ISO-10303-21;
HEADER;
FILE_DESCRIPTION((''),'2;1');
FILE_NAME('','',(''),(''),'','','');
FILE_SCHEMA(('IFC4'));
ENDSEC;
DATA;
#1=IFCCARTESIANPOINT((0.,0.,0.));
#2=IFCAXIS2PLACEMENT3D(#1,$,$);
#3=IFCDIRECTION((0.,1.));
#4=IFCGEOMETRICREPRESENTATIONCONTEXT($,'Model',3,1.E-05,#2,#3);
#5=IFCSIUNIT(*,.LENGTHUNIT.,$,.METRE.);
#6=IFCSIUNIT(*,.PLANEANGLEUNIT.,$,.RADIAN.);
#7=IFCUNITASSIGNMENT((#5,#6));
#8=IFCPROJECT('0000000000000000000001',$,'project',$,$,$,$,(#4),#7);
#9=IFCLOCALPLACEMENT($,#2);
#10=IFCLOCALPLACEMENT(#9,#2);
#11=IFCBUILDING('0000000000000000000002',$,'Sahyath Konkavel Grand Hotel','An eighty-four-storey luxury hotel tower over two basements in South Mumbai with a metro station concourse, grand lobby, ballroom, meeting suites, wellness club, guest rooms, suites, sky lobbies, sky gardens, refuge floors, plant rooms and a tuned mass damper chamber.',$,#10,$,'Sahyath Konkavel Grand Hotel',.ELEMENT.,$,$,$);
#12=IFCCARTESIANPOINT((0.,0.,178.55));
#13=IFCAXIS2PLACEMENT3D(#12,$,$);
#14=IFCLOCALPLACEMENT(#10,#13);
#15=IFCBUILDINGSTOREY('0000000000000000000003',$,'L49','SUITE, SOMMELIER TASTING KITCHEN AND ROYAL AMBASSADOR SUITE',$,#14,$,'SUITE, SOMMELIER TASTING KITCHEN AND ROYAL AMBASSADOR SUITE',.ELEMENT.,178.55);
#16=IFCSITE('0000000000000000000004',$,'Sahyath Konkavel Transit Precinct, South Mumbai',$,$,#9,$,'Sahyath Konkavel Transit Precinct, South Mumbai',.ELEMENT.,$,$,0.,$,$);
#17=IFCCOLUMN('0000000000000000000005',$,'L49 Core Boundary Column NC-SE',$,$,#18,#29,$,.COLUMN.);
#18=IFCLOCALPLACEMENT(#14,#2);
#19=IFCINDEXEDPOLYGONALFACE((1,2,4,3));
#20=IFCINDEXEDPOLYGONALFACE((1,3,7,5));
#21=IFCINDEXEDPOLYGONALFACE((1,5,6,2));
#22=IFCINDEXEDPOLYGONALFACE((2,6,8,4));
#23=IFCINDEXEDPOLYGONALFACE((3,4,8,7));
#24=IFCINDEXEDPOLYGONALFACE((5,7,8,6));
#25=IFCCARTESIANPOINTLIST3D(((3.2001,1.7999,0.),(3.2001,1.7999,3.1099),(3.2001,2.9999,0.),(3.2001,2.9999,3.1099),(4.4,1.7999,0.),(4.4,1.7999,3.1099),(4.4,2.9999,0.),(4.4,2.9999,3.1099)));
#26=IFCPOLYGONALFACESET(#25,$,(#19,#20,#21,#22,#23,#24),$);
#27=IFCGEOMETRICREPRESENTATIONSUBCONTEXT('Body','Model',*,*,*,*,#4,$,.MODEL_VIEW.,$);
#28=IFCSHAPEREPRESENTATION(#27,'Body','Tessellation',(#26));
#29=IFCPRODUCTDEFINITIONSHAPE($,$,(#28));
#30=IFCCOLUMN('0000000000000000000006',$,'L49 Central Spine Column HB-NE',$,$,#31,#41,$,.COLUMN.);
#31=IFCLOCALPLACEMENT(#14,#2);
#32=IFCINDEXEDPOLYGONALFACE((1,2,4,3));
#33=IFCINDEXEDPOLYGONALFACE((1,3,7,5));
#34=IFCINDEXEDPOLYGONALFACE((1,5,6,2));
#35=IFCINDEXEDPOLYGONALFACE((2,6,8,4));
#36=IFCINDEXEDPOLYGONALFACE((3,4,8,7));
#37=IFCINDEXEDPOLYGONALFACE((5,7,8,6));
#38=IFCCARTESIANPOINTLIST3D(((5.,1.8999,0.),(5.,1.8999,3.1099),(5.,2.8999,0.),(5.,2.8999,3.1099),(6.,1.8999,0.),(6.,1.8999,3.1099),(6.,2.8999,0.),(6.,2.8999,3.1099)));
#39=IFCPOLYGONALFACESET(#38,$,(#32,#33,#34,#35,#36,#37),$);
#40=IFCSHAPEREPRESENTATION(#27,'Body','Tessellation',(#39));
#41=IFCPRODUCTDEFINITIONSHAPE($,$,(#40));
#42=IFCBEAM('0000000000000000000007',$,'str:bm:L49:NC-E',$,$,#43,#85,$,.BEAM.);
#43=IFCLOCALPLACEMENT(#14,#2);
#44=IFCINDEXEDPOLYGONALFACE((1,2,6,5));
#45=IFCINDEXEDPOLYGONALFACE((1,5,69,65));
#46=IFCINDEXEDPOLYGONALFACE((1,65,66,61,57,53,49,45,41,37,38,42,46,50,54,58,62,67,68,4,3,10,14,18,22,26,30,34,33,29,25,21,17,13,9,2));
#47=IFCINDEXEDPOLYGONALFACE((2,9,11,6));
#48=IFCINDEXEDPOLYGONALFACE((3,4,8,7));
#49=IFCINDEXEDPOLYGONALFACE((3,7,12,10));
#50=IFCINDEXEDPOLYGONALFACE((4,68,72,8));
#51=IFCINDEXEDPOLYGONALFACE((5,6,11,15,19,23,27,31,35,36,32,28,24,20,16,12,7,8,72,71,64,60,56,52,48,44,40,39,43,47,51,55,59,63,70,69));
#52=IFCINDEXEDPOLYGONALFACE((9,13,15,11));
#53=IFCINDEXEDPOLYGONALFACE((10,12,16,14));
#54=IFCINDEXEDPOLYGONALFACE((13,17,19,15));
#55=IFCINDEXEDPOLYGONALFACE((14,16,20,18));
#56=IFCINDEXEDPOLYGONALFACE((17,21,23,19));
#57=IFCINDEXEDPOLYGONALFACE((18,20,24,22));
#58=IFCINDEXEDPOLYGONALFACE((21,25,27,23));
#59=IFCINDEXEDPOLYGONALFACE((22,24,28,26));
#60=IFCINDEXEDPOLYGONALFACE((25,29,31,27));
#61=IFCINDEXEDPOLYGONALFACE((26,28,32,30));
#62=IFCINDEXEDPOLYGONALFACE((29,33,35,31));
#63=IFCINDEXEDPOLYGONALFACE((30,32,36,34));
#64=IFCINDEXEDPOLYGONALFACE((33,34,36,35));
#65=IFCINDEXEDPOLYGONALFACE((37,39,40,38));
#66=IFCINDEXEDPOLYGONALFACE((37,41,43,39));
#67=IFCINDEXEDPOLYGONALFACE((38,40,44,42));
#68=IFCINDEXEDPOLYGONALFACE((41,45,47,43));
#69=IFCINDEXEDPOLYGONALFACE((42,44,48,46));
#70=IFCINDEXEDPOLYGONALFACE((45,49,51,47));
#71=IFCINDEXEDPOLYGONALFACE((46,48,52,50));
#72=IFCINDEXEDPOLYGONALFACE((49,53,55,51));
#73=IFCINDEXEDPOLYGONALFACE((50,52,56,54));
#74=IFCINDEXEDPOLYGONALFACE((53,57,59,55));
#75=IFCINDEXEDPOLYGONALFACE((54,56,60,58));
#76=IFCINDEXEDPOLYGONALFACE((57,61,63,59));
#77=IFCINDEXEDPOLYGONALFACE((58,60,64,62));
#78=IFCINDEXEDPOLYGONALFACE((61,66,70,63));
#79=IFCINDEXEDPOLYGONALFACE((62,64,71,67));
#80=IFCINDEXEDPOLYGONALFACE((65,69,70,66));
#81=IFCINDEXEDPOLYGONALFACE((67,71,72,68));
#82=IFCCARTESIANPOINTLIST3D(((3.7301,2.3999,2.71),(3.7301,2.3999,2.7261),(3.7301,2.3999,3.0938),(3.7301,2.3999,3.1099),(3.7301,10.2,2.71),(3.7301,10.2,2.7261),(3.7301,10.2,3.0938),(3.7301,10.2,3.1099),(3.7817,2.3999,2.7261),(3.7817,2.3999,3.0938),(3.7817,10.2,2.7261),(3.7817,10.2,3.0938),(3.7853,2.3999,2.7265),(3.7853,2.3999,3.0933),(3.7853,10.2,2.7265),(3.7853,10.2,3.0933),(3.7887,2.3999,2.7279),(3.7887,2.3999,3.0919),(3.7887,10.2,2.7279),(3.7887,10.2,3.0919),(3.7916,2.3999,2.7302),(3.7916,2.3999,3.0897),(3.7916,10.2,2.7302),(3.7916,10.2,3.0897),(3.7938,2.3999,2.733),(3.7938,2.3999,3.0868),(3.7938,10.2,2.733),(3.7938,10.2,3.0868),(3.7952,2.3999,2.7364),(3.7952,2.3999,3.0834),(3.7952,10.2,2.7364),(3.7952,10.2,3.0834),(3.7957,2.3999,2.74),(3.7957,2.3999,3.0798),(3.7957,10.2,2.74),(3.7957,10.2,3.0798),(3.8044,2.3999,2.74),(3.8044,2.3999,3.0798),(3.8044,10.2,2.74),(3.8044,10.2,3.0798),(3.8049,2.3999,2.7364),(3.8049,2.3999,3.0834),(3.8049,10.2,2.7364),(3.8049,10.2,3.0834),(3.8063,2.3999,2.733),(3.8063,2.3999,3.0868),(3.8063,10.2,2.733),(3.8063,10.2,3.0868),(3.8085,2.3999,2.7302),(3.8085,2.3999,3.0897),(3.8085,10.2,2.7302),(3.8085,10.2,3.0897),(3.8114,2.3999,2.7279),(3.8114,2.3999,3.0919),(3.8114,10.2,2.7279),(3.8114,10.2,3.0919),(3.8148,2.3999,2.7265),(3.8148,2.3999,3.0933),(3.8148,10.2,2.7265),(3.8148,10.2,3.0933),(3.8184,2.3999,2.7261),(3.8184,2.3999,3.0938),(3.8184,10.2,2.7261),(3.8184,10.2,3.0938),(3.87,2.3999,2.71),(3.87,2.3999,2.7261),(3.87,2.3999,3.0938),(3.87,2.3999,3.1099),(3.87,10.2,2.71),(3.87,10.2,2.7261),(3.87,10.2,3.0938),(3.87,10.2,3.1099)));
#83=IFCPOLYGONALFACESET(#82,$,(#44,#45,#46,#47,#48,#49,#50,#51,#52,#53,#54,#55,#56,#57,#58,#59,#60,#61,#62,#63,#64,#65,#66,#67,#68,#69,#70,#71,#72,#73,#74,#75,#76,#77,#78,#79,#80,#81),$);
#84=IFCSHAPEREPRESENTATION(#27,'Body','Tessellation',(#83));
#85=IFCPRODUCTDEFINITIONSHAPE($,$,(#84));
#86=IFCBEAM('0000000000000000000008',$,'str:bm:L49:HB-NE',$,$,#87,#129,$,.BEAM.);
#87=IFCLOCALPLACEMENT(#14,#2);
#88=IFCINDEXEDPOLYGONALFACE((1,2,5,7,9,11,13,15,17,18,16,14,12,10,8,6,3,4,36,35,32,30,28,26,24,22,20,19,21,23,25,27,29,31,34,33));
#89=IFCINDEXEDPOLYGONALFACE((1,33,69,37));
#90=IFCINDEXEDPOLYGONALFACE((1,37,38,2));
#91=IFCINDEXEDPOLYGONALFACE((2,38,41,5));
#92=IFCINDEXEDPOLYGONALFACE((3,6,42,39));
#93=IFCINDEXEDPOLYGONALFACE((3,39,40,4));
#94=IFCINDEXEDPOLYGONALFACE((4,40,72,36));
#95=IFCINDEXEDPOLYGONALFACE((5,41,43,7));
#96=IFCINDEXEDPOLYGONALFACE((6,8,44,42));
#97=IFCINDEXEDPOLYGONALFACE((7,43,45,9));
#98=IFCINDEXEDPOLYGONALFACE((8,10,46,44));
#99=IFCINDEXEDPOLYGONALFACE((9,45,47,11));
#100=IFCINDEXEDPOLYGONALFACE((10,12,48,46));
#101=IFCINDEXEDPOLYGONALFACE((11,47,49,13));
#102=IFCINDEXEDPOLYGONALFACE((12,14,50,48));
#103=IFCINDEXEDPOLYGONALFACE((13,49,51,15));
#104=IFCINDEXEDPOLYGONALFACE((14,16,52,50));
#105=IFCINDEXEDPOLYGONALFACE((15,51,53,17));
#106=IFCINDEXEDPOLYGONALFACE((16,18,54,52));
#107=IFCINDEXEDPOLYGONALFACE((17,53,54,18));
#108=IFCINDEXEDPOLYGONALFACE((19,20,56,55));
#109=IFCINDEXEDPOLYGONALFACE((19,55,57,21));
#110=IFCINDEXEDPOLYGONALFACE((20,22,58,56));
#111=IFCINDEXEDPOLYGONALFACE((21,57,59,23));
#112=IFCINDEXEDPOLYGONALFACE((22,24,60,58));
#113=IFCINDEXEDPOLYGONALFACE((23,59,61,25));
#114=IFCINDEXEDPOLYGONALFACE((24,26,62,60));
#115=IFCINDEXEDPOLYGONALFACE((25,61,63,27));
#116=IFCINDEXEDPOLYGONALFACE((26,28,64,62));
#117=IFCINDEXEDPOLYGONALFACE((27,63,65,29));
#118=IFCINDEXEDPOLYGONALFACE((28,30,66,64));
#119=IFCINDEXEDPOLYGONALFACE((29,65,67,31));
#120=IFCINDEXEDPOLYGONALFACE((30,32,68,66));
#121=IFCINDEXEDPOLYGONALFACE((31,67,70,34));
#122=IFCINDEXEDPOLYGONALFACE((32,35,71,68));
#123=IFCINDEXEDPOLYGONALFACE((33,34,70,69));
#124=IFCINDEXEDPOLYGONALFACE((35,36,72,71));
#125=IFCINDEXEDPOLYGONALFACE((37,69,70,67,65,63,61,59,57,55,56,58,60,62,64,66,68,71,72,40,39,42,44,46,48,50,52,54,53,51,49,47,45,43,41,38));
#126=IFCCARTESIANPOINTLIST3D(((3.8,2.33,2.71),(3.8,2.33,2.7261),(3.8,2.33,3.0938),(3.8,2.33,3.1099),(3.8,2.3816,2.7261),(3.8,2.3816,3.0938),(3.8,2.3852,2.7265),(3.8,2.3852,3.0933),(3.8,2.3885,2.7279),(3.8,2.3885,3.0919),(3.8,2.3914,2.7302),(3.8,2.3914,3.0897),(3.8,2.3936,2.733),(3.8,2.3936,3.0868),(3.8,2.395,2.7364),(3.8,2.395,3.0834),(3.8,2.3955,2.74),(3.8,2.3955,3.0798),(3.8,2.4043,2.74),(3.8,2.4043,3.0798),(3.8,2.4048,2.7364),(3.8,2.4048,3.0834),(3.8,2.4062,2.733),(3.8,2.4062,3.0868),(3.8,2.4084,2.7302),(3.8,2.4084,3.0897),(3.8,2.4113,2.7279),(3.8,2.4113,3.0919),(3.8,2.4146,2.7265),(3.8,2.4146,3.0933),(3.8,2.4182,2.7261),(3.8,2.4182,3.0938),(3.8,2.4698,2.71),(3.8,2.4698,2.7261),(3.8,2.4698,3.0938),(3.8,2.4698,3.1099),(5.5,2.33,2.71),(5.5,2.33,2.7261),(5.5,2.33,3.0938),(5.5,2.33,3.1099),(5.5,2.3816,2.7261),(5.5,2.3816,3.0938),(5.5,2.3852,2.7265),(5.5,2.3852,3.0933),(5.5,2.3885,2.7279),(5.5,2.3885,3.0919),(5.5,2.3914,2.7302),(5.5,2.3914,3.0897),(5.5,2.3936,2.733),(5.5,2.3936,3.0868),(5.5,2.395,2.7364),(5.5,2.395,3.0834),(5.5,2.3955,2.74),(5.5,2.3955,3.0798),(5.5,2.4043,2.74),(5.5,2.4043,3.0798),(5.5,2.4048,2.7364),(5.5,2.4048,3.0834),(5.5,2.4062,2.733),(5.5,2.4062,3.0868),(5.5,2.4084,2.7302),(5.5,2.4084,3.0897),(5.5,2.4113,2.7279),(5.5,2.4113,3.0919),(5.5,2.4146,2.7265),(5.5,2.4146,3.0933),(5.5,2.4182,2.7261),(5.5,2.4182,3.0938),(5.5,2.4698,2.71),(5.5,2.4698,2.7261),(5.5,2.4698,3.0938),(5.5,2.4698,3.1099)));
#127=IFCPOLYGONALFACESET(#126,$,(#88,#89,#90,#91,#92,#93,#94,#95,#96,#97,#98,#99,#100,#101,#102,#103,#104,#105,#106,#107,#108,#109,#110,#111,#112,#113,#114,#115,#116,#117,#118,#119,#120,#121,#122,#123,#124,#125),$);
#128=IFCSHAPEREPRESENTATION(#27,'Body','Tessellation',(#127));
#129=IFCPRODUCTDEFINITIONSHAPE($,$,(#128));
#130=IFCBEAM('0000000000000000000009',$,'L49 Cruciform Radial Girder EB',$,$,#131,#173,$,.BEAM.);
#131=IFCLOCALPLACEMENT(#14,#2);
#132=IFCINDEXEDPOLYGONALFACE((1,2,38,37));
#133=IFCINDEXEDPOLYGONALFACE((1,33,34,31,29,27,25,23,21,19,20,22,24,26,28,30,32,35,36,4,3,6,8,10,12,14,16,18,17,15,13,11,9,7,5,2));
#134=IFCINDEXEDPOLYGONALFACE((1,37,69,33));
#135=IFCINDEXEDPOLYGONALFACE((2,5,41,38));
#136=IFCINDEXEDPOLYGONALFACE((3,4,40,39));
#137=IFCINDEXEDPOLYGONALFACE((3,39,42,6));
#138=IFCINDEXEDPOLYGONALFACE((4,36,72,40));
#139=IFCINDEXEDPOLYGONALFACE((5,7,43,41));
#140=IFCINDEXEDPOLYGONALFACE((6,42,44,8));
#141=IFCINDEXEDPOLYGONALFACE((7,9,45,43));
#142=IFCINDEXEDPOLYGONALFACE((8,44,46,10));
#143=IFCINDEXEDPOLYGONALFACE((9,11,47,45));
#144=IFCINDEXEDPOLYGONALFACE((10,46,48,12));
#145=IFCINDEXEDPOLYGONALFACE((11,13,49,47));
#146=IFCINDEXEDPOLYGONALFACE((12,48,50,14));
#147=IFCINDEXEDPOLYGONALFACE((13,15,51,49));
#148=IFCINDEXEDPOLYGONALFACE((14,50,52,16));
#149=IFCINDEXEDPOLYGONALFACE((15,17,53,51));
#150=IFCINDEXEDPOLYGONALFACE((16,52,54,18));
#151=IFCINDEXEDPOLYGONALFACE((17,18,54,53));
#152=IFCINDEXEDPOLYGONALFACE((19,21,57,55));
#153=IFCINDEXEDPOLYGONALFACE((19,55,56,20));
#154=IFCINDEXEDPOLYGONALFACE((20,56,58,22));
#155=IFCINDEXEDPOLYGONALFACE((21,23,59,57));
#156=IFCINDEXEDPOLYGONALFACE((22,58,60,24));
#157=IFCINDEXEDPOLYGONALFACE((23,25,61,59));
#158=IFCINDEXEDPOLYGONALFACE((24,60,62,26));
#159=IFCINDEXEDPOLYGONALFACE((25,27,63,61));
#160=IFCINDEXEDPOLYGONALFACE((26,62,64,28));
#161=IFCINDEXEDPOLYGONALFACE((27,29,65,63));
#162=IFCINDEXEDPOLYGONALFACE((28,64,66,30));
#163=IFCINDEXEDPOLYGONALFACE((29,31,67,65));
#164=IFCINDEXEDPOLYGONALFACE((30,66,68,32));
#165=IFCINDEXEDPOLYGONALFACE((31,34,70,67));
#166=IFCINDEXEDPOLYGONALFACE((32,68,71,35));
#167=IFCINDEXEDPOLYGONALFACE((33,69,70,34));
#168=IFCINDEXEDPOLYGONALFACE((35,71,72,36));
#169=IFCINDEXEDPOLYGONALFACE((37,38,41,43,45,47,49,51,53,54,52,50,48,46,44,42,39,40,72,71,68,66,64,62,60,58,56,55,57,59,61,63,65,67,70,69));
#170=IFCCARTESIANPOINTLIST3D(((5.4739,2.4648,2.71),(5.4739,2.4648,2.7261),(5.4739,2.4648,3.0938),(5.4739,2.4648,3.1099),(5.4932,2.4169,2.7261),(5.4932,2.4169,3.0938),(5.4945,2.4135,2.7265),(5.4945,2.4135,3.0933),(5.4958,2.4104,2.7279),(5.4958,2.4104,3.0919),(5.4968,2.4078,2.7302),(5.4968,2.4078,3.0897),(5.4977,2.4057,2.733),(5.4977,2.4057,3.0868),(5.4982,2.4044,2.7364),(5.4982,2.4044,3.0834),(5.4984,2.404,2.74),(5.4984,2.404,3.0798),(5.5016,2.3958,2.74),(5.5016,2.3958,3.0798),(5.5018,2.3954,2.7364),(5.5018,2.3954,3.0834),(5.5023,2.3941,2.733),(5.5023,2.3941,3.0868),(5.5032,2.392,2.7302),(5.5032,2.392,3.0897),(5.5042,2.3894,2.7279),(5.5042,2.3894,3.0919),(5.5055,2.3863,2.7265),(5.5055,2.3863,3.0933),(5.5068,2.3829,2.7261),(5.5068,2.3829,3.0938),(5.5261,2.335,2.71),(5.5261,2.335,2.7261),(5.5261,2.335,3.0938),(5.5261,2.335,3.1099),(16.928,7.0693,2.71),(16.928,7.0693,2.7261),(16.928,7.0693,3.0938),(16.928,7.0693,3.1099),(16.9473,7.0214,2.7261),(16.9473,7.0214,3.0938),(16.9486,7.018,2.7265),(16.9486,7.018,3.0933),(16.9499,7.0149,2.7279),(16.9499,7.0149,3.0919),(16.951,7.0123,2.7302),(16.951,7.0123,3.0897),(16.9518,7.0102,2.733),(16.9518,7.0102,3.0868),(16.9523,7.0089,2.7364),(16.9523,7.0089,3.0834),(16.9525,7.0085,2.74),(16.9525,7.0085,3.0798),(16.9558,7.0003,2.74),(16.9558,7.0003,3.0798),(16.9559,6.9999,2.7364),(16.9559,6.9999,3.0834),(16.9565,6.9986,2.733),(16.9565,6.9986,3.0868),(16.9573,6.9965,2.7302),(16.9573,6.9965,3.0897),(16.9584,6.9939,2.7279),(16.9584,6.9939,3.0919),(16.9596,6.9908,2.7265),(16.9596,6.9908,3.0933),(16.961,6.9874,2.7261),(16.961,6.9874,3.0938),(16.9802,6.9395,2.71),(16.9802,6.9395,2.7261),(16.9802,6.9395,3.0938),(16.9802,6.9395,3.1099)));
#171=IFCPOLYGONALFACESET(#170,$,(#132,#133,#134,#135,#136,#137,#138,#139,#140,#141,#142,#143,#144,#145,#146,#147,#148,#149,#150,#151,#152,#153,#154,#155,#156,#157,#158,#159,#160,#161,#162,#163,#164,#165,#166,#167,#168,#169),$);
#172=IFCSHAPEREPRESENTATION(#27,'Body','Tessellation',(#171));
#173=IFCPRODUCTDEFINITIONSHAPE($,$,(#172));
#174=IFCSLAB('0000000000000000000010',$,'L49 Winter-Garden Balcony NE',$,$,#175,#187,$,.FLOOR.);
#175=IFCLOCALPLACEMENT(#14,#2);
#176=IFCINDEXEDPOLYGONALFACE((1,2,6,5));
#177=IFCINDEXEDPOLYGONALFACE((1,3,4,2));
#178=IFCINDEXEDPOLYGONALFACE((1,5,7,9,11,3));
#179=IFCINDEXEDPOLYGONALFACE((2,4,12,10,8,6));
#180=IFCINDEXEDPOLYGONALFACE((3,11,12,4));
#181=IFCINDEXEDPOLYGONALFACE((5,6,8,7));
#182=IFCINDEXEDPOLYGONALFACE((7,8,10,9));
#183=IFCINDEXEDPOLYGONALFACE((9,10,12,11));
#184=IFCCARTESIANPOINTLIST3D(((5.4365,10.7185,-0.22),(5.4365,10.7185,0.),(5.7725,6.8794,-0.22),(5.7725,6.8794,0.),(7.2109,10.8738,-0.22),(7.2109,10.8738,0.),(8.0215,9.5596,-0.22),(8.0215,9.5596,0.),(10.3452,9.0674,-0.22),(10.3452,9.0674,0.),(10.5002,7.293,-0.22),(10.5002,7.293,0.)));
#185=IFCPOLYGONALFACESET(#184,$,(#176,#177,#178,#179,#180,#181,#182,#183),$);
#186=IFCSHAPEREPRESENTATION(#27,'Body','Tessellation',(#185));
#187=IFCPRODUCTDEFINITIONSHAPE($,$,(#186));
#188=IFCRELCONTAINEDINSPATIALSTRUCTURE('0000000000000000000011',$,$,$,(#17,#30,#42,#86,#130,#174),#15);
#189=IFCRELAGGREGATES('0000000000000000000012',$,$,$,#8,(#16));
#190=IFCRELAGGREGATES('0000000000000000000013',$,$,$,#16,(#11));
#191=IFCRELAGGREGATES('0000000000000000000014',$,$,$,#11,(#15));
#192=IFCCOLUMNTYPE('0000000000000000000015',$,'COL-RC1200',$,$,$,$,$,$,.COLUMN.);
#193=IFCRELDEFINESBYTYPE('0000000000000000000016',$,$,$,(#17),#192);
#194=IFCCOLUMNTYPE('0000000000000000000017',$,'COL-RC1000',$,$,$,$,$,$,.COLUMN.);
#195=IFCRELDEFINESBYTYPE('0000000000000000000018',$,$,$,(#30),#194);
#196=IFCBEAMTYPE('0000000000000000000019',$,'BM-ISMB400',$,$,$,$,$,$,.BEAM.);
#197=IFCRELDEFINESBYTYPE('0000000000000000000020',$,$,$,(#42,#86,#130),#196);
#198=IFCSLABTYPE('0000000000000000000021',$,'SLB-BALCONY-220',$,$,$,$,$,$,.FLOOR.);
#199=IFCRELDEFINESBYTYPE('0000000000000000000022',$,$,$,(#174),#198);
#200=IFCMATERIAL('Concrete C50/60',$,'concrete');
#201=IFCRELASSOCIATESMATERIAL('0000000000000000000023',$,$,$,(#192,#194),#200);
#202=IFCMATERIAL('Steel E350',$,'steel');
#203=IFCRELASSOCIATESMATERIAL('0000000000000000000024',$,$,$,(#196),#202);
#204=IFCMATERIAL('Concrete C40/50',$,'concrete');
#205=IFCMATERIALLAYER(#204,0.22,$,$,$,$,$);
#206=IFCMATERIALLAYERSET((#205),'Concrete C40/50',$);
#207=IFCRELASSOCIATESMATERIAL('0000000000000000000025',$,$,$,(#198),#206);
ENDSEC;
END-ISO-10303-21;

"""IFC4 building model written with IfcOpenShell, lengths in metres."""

from ifc_helpers import new_model, si_unit, direction, frame, origin, origin_2d, place, context, subcontext, project, spatial, polyline, rectangle, i_section, outline, extrude, source, transform, mapped, material, layer, layer_set, material_profile, profile_set, type_object, element, save


model = new_model("IFC4")

# Units and contexts
model_context = context("Model", 3, precision=1e-05, world=origin(), true_north=direction((0.0, 1.0)))
body_context = subcontext(model_context, "Body", "Model", "MODEL_VIEW")
ifc_project = project(units=[si_unit("LENGTHUNIT", "METRE"), si_unit("PLANEANGLEUNIT", "RADIAN")], contexts=[model_context])

# Site, building, storey
site_placement = place(None, origin())
site = spatial("IfcSite", under=ifc_project, at=site_placement, Name="Sahyath Konkavel Transit Precinct, South Mumbai", LongName="Sahyath Konkavel Transit Precinct, South Mumbai", CompositionType="ELEMENT", RefElevation=0.0)
building_placement = place(site_placement, origin())
building = spatial("IfcBuilding", under=site, at=building_placement, Name="Sahyath Konkavel Grand Hotel", Description="An eighty-four-storey luxury hotel tower over two basements in South Mumbai with a metro station concourse, grand lobby, ballroom, meeting suites, wellness club, guest rooms, suites, sky lobbies, sky gardens, refuge floors, plant rooms and a tuned mass damper chamber.", LongName="Sahyath Konkavel Grand Hotel", CompositionType="ELEMENT")
storey_placement = place(building_placement, frame((0.0, 0.0, 178.55)))
storey = spatial("IfcBuildingStorey", under=building, at=storey_placement, Name="L49", Description="SUITE, SOMMELIER TASTING KITCHEN AND ROYAL AMBASSADOR SUITE", LongName="SUITE, SOMMELIER TASTING KITCHEN AND ROYAL AMBASSADOR SUITE", CompositionType="ELEMENT", Elevation=178.55)

# Columns
ifc_material_1 = material(Name="Concrete C50/60", Category="concrete")
ifc_material_profile_1 = material_profile(ifc_material_1, rectangle(XDim=1.2, YDim=1.2, at=origin_2d()), Name="RC 1200x1200")
ifc_profile_set_1 = profile_set([ifc_material_profile_1], Name="Concrete C50/60")
column_type_1 = type_object("IfcColumnType", Name="COL-RC1200", PredefinedType="COLUMN", material=ifc_profile_set_1)
shared_shape_1 = source(origin(), body_context, "Body", "SweptSolid", [
    extrude(rectangle(XDim=1.2, YDim=1.2, at=origin_2d()), origin(), (0.0, 0.0, 1.0), 3.1099),
])
column_1_placement = place(storey_placement, frame((3.8, 2.3999, 0.0), z_axis=(0.0, 0.0, 1.0), x_axis=(1.0, 0.0, 0.0)))
element("IfcColumn", 1, at=column_1_placement, inside=storey, type_object=column_type_1, Name="L49 Core Boundary Column NC-SE", PredefinedType="COLUMN", context=body_context, shape_type="MappedRepresentation", body=[
    mapped(shared_shape_1, transform((0.0, 0.0, 0.0), scale=1.0)),
])
ifc_material_profile_2 = material_profile(ifc_material_1, rectangle(XDim=1.0, YDim=1.0, at=origin_2d()), Name="RC 1000x1000")
ifc_profile_set_2 = profile_set([ifc_material_profile_2], Name="Concrete C50/60")
column_type_2 = type_object("IfcColumnType", Name="COL-RC1000", PredefinedType="COLUMN", material=ifc_profile_set_2)
shared_shape_2 = source(origin(), body_context, "Body", "SweptSolid", [
    extrude(rectangle(XDim=1.0, YDim=1.0, at=origin_2d()), origin(), (0.0, 0.0, 1.0), 3.1099),
])
column_2_placement = place(storey_placement, frame((5.5, 2.3999, 0.0), z_axis=(0.0, 0.0, 1.0), x_axis=(1.0, 0.0, 0.0)))
element("IfcColumn", 2, at=column_2_placement, inside=storey, type_object=column_type_2, Name="L49 Central Spine Column HB-NE", PredefinedType="COLUMN", context=body_context, shape_type="MappedRepresentation", body=[
    mapped(shared_shape_2, transform((0.0, 0.0, 0.0), scale=1.0)),
])

# Beams
ifc_material_2 = material(Name="Steel E350", Category="steel")
ifc_material_profile_3 = material_profile(ifc_material_2, i_section(OverallWidth=0.1399, OverallDepth=0.3999, WebThickness=0.0088, FlangeThickness=0.0161, FilletRadius=0.0139, at=origin_2d()), Name="ISMB 400")
ifc_profile_set_3 = profile_set([ifc_material_profile_3], Name="Steel E350")
beam_type = type_object("IfcBeamType", Name="BM-ISMB400", PredefinedType="BEAM", material=ifc_profile_set_3)
shared_shape_3 = source(origin(), body_context, "Body", "SweptSolid", [
    extrude(i_section(OverallWidth=0.1399, OverallDepth=0.3999, WebThickness=0.0088, FlangeThickness=0.0161, FilletRadius=0.0139, at=origin_2d()), origin(), (0.0, 0.0, 1.0), 7.8),
])
beam_1_placement = place(storey_placement, frame((3.8, 2.3999, 2.9099), z_axis=(0.0, 1.0, 0.0), x_axis=(-1.0, 0.0, 0.0)))
element("IfcBeam", 3, at=beam_1_placement, inside=storey, type_object=beam_type, Name="str:bm:L49:NC-E", PredefinedType="BEAM", context=body_context, shape_type="MappedRepresentation", body=[
    mapped(shared_shape_3, transform((0.0, 0.0, 0.0), scale=1.0)),
])
shared_shape_4 = source(origin(), body_context, "Body", "SweptSolid", [
    extrude(i_section(OverallWidth=0.1399, OverallDepth=0.3999, WebThickness=0.0088, FlangeThickness=0.0161, FilletRadius=0.0139, at=origin_2d()), origin(), (0.0, 0.0, 1.0), 1.7),
])
beam_2_placement = place(storey_placement, frame((3.8, 2.3999, 2.9099), z_axis=(1.0, 0.0, 0.0), x_axis=(0.0, 1.0, 0.0)))
element("IfcBeam", 4, at=beam_2_placement, inside=storey, type_object=beam_type, Name="str:bm:L49:HB-NE", PredefinedType="BEAM", context=body_context, shape_type="MappedRepresentation", body=[
    mapped(shared_shape_4, transform((0.0, 0.0, 0.0), scale=1.0)),
])
shared_shape_5 = source(origin(), body_context, "Body", "SweptSolid", [
    extrude(i_section(OverallWidth=0.1399, OverallDepth=0.3999, WebThickness=0.0088, FlangeThickness=0.0161, FilletRadius=0.0139, at=origin_2d()), origin(), (0.0, 0.0, 1.0), 12.345),
])
beam_3_placement = place(storey_placement, frame((5.5, 2.3999, 2.9099), z_axis=(0.927837, 0.372986, 0.0), x_axis=(-0.372986, 0.927837, 0.0)))
element("IfcBeam", 5, at=beam_3_placement, inside=storey, type_object=beam_type, Name="L49 Cruciform Radial Girder EB", PredefinedType="BEAM", context=body_context, shape_type="MappedRepresentation", body=[
    mapped(shared_shape_5, transform((0.0, 0.0, 0.0), scale=1.0)),
])

# Slab
ifc_material_3 = material(Name="Concrete C40/50", Category="concrete")
ifc_layer_1 = layer(ifc_material_3, 0.22)
ifc_layer_set_1 = layer_set([ifc_layer_1], Name="Concrete C40/50")
slab_type = type_object("IfcSlabType", Name="SLB-BALCONY-220", PredefinedType="FLOOR", material=ifc_layer_set_1)
slab_1_placement = place(storey_placement, frame((0.0, 0.0, -0.22)))
element("IfcSlab", 6, at=slab_1_placement, inside=storey, type_object=slab_type, Name="L49 Winter-Garden Balcony NE", PredefinedType="FLOOR", context=body_context, shape_type="SweptSolid", body=[
    extrude(outline(polyline([(5.7725, 6.8794), (10.5002, 7.293), (10.3452, 9.0674), (8.0215, 9.5596), (7.2109, 10.8738), (5.4365, 10.7185), (5.7725, 6.8794)])), origin(), (0.0, 0.0, 1.0), 0.22),
])

save(model, "model.ifc")
